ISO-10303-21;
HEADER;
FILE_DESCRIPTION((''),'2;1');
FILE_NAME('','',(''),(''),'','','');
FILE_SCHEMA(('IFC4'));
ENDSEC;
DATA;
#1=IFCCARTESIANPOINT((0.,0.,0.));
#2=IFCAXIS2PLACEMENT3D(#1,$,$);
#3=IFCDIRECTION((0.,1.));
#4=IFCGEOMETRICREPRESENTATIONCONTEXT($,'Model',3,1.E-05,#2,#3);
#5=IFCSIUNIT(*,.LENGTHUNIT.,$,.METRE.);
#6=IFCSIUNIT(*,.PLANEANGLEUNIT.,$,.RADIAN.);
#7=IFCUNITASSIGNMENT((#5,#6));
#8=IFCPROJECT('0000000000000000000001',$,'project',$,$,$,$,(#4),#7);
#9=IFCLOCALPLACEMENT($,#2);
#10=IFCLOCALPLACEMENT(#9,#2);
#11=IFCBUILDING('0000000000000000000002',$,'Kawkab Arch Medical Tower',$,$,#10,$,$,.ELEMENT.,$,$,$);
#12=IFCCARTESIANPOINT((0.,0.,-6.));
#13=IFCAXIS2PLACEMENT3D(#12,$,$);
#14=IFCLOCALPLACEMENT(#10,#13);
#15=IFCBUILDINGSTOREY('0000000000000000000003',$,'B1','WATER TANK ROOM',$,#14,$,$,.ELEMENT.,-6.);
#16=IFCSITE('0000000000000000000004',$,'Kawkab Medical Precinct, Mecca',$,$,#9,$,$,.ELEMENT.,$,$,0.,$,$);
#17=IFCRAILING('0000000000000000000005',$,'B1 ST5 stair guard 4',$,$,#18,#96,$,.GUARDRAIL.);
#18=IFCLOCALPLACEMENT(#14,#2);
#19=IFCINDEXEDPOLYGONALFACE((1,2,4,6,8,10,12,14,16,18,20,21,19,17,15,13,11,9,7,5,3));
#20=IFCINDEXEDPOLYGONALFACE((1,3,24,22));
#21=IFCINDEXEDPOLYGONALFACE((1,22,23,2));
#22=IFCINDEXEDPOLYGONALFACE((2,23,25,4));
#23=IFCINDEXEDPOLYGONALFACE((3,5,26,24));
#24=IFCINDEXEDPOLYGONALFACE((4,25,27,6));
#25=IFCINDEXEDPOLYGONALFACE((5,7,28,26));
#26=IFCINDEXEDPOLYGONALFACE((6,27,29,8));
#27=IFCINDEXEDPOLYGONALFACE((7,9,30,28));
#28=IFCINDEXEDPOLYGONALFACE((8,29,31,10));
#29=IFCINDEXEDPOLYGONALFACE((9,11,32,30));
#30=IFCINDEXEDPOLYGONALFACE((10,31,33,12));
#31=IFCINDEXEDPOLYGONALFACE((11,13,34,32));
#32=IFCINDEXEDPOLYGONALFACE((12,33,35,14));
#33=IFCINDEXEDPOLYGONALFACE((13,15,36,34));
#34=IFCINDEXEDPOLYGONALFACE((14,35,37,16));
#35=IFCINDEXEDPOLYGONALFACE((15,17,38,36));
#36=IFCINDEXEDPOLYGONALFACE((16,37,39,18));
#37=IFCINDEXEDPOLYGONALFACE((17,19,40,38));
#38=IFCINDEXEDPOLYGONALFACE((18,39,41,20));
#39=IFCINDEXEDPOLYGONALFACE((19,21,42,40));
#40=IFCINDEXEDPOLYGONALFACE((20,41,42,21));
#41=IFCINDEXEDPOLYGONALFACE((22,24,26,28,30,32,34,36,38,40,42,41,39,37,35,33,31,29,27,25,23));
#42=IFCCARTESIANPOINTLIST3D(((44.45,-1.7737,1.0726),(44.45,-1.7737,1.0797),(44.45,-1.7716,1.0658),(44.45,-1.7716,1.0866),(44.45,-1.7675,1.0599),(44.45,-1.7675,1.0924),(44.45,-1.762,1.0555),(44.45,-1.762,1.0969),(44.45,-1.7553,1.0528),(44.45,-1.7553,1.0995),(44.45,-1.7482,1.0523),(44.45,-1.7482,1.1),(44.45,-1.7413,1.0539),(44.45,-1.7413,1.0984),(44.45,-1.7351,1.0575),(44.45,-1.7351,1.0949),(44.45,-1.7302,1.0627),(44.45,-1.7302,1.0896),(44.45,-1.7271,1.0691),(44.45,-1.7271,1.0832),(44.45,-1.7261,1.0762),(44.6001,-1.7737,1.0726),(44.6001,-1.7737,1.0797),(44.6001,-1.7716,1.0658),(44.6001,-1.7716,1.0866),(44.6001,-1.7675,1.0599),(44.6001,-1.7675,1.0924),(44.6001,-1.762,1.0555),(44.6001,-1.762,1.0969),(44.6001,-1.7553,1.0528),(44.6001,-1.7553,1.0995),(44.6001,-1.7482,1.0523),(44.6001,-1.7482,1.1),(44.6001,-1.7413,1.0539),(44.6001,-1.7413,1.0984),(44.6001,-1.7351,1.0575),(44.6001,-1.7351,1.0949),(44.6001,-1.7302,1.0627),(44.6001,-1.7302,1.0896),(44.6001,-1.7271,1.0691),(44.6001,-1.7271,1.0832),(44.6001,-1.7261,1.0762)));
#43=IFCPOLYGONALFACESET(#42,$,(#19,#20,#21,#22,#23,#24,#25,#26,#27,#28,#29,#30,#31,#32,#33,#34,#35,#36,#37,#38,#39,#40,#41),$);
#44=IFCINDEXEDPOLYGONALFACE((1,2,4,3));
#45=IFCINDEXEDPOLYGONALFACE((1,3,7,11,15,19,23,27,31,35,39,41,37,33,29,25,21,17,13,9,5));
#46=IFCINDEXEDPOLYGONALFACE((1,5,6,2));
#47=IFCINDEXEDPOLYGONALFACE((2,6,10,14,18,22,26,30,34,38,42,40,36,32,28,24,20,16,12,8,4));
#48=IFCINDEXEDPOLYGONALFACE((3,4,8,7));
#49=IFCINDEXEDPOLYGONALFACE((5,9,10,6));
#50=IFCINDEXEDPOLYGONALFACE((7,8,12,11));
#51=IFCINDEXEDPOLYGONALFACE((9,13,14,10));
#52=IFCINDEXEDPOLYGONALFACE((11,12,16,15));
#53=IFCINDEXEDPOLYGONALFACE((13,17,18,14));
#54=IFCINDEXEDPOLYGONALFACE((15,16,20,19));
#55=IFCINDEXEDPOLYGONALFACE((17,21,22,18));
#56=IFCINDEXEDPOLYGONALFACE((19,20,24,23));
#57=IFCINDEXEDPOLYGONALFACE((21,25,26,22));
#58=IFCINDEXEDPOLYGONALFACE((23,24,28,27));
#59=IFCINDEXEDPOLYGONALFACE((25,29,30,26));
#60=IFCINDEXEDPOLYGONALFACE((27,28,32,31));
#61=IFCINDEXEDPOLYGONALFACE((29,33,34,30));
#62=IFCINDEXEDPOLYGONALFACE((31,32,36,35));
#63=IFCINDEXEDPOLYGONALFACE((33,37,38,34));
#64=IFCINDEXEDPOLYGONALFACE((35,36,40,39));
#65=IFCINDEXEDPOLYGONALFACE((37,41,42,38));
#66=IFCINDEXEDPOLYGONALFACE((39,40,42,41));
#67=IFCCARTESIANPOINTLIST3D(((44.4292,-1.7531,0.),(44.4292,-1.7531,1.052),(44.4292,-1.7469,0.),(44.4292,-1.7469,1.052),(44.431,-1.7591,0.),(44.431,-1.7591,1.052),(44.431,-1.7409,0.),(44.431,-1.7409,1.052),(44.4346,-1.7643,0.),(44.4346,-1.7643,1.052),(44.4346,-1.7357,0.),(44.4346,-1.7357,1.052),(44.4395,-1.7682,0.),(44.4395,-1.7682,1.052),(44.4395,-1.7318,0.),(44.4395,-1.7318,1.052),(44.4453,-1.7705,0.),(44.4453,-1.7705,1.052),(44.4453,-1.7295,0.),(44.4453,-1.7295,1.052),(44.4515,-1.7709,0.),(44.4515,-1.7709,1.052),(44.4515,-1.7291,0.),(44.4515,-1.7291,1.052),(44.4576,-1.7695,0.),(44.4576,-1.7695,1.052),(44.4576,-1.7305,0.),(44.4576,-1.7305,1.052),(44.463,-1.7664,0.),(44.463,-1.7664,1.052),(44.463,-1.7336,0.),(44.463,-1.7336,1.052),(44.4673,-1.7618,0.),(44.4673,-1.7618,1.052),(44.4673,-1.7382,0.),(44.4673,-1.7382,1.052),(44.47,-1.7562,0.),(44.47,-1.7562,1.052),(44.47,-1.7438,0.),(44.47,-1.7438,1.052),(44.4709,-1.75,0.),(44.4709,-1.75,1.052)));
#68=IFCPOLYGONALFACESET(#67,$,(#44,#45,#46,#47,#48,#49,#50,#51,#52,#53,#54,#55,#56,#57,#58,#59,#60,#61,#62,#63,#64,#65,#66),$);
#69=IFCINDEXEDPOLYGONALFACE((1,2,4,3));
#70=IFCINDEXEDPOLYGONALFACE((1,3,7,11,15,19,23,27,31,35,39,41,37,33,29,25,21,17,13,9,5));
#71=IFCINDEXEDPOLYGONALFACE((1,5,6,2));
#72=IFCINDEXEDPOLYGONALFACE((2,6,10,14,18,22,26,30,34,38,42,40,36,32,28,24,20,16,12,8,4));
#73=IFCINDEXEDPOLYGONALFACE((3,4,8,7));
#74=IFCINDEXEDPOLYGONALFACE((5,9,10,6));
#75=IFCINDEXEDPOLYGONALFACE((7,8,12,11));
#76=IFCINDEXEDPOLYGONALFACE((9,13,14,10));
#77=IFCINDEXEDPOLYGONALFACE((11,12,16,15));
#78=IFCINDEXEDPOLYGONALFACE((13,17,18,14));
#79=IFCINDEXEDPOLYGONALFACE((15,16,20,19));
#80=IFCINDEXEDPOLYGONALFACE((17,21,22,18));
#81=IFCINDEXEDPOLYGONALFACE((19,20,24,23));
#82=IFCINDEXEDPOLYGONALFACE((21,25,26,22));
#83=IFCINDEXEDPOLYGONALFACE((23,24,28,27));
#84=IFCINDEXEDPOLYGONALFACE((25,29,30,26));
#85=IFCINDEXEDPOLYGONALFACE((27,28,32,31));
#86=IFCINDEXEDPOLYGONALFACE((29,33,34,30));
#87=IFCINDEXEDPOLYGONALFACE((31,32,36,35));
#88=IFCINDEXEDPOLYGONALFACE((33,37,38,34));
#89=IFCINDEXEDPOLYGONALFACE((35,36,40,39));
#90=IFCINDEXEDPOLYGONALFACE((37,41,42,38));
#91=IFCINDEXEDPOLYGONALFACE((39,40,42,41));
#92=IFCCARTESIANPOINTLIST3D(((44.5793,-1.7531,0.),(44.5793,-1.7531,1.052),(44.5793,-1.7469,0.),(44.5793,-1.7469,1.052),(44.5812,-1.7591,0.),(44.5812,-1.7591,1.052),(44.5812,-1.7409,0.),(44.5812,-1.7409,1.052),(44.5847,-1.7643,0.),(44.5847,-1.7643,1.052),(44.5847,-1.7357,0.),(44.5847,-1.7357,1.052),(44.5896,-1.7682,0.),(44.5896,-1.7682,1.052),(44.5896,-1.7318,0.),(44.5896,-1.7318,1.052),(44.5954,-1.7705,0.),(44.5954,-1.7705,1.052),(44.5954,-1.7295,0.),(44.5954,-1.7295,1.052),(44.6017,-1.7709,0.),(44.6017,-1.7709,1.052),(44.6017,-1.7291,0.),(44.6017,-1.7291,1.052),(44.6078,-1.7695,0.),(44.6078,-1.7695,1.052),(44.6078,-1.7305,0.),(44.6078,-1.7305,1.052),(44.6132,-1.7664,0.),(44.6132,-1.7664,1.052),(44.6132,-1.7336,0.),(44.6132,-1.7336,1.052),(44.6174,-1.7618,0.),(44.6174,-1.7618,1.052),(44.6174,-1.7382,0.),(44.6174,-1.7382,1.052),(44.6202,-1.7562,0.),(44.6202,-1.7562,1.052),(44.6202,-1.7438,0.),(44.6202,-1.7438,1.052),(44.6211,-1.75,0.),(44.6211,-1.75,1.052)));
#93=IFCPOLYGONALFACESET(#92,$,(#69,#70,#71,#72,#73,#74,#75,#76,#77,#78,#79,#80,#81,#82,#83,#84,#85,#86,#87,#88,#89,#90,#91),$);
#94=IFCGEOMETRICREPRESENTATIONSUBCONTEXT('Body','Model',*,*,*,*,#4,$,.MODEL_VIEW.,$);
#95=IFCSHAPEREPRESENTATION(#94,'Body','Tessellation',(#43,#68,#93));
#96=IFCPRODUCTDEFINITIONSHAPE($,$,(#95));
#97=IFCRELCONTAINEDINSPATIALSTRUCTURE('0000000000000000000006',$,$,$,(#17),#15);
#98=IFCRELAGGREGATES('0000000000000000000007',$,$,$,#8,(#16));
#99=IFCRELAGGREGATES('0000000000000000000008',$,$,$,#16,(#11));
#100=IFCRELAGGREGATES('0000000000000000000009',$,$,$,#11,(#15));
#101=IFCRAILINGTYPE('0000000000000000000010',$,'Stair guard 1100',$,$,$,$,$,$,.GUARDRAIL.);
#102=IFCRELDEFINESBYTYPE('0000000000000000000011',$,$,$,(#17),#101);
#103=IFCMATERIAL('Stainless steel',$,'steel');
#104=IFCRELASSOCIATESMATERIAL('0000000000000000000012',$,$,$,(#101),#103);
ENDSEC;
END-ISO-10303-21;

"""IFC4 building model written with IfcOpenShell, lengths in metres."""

from ifc_helpers import new_model, si_unit, direction, frame, origin, origin_2d, place, context, subcontext, project, spatial, circle, extrude, material, type_object, element, save


model = new_model("IFC4")

# Units and contexts
model_context = context("Model", 3, precision=1e-05, world=origin(), true_north=direction((0.0, 1.0)))
body_context = subcontext(model_context, "Body", "Model", "MODEL_VIEW")
ifc_project = project(units=[si_unit("LENGTHUNIT", "METRE"), si_unit("PLANEANGLEUNIT", "RADIAN")], contexts=[model_context])

# Site, building, storey
site_placement = place(None, origin())
site = spatial("IfcSite", under=ifc_project, at=site_placement, Name="Kawkab Medical Precinct, Mecca", CompositionType="ELEMENT", RefElevation=0.0)
building_placement = place(site_placement, origin())
building = spatial("IfcBuilding", under=site, at=building_placement, Name="Kawkab Arch Medical Tower", CompositionType="ELEMENT")
storey_placement = place(building_placement, frame((0.0, 0.0, -6.0)))
storey = spatial("IfcBuildingStorey", under=building, at=storey_placement, Name="B1", Description="WATER TANK ROOM", CompositionType="ELEMENT", Elevation=-6.0)

# Railing
ifc_material_1 = material(Name="Stainless steel", Category="steel")
railing_type = type_object("IfcRailingType", Name="Stair guard 1100", PredefinedType="GUARDRAIL", material=ifc_material_1)
railing_1_placement = place(storey_placement, frame((44.45, -1.75, 0.0)))
element("IfcRailing", 1, at=railing_1_placement, inside=storey, type_object=railing_type, Name="B1 ST5 stair guard 4", PredefinedType="GUARDRAIL", context=body_context, shape_type="SweptSolid", body=[
    extrude(circle(Radius=0.0239, at=origin_2d()), frame((0.0, 0.0, 1.0762), z_axis=(1.0, 0.0, 0.0), x_axis=(0.0, 1.0, 0.0)), (0.0, 0.0, 1.0), 0.1501),
    extrude(circle(Radius=0.021, at=origin_2d()), origin(), (0.0, 0.0, 1.0), 1.052),
    extrude(circle(Radius=0.021, at=origin_2d()), frame((0.1501, 0.0, 0.0)), (0.0, 0.0, 1.0), 1.052),
])

save(model, "model.ifc")
